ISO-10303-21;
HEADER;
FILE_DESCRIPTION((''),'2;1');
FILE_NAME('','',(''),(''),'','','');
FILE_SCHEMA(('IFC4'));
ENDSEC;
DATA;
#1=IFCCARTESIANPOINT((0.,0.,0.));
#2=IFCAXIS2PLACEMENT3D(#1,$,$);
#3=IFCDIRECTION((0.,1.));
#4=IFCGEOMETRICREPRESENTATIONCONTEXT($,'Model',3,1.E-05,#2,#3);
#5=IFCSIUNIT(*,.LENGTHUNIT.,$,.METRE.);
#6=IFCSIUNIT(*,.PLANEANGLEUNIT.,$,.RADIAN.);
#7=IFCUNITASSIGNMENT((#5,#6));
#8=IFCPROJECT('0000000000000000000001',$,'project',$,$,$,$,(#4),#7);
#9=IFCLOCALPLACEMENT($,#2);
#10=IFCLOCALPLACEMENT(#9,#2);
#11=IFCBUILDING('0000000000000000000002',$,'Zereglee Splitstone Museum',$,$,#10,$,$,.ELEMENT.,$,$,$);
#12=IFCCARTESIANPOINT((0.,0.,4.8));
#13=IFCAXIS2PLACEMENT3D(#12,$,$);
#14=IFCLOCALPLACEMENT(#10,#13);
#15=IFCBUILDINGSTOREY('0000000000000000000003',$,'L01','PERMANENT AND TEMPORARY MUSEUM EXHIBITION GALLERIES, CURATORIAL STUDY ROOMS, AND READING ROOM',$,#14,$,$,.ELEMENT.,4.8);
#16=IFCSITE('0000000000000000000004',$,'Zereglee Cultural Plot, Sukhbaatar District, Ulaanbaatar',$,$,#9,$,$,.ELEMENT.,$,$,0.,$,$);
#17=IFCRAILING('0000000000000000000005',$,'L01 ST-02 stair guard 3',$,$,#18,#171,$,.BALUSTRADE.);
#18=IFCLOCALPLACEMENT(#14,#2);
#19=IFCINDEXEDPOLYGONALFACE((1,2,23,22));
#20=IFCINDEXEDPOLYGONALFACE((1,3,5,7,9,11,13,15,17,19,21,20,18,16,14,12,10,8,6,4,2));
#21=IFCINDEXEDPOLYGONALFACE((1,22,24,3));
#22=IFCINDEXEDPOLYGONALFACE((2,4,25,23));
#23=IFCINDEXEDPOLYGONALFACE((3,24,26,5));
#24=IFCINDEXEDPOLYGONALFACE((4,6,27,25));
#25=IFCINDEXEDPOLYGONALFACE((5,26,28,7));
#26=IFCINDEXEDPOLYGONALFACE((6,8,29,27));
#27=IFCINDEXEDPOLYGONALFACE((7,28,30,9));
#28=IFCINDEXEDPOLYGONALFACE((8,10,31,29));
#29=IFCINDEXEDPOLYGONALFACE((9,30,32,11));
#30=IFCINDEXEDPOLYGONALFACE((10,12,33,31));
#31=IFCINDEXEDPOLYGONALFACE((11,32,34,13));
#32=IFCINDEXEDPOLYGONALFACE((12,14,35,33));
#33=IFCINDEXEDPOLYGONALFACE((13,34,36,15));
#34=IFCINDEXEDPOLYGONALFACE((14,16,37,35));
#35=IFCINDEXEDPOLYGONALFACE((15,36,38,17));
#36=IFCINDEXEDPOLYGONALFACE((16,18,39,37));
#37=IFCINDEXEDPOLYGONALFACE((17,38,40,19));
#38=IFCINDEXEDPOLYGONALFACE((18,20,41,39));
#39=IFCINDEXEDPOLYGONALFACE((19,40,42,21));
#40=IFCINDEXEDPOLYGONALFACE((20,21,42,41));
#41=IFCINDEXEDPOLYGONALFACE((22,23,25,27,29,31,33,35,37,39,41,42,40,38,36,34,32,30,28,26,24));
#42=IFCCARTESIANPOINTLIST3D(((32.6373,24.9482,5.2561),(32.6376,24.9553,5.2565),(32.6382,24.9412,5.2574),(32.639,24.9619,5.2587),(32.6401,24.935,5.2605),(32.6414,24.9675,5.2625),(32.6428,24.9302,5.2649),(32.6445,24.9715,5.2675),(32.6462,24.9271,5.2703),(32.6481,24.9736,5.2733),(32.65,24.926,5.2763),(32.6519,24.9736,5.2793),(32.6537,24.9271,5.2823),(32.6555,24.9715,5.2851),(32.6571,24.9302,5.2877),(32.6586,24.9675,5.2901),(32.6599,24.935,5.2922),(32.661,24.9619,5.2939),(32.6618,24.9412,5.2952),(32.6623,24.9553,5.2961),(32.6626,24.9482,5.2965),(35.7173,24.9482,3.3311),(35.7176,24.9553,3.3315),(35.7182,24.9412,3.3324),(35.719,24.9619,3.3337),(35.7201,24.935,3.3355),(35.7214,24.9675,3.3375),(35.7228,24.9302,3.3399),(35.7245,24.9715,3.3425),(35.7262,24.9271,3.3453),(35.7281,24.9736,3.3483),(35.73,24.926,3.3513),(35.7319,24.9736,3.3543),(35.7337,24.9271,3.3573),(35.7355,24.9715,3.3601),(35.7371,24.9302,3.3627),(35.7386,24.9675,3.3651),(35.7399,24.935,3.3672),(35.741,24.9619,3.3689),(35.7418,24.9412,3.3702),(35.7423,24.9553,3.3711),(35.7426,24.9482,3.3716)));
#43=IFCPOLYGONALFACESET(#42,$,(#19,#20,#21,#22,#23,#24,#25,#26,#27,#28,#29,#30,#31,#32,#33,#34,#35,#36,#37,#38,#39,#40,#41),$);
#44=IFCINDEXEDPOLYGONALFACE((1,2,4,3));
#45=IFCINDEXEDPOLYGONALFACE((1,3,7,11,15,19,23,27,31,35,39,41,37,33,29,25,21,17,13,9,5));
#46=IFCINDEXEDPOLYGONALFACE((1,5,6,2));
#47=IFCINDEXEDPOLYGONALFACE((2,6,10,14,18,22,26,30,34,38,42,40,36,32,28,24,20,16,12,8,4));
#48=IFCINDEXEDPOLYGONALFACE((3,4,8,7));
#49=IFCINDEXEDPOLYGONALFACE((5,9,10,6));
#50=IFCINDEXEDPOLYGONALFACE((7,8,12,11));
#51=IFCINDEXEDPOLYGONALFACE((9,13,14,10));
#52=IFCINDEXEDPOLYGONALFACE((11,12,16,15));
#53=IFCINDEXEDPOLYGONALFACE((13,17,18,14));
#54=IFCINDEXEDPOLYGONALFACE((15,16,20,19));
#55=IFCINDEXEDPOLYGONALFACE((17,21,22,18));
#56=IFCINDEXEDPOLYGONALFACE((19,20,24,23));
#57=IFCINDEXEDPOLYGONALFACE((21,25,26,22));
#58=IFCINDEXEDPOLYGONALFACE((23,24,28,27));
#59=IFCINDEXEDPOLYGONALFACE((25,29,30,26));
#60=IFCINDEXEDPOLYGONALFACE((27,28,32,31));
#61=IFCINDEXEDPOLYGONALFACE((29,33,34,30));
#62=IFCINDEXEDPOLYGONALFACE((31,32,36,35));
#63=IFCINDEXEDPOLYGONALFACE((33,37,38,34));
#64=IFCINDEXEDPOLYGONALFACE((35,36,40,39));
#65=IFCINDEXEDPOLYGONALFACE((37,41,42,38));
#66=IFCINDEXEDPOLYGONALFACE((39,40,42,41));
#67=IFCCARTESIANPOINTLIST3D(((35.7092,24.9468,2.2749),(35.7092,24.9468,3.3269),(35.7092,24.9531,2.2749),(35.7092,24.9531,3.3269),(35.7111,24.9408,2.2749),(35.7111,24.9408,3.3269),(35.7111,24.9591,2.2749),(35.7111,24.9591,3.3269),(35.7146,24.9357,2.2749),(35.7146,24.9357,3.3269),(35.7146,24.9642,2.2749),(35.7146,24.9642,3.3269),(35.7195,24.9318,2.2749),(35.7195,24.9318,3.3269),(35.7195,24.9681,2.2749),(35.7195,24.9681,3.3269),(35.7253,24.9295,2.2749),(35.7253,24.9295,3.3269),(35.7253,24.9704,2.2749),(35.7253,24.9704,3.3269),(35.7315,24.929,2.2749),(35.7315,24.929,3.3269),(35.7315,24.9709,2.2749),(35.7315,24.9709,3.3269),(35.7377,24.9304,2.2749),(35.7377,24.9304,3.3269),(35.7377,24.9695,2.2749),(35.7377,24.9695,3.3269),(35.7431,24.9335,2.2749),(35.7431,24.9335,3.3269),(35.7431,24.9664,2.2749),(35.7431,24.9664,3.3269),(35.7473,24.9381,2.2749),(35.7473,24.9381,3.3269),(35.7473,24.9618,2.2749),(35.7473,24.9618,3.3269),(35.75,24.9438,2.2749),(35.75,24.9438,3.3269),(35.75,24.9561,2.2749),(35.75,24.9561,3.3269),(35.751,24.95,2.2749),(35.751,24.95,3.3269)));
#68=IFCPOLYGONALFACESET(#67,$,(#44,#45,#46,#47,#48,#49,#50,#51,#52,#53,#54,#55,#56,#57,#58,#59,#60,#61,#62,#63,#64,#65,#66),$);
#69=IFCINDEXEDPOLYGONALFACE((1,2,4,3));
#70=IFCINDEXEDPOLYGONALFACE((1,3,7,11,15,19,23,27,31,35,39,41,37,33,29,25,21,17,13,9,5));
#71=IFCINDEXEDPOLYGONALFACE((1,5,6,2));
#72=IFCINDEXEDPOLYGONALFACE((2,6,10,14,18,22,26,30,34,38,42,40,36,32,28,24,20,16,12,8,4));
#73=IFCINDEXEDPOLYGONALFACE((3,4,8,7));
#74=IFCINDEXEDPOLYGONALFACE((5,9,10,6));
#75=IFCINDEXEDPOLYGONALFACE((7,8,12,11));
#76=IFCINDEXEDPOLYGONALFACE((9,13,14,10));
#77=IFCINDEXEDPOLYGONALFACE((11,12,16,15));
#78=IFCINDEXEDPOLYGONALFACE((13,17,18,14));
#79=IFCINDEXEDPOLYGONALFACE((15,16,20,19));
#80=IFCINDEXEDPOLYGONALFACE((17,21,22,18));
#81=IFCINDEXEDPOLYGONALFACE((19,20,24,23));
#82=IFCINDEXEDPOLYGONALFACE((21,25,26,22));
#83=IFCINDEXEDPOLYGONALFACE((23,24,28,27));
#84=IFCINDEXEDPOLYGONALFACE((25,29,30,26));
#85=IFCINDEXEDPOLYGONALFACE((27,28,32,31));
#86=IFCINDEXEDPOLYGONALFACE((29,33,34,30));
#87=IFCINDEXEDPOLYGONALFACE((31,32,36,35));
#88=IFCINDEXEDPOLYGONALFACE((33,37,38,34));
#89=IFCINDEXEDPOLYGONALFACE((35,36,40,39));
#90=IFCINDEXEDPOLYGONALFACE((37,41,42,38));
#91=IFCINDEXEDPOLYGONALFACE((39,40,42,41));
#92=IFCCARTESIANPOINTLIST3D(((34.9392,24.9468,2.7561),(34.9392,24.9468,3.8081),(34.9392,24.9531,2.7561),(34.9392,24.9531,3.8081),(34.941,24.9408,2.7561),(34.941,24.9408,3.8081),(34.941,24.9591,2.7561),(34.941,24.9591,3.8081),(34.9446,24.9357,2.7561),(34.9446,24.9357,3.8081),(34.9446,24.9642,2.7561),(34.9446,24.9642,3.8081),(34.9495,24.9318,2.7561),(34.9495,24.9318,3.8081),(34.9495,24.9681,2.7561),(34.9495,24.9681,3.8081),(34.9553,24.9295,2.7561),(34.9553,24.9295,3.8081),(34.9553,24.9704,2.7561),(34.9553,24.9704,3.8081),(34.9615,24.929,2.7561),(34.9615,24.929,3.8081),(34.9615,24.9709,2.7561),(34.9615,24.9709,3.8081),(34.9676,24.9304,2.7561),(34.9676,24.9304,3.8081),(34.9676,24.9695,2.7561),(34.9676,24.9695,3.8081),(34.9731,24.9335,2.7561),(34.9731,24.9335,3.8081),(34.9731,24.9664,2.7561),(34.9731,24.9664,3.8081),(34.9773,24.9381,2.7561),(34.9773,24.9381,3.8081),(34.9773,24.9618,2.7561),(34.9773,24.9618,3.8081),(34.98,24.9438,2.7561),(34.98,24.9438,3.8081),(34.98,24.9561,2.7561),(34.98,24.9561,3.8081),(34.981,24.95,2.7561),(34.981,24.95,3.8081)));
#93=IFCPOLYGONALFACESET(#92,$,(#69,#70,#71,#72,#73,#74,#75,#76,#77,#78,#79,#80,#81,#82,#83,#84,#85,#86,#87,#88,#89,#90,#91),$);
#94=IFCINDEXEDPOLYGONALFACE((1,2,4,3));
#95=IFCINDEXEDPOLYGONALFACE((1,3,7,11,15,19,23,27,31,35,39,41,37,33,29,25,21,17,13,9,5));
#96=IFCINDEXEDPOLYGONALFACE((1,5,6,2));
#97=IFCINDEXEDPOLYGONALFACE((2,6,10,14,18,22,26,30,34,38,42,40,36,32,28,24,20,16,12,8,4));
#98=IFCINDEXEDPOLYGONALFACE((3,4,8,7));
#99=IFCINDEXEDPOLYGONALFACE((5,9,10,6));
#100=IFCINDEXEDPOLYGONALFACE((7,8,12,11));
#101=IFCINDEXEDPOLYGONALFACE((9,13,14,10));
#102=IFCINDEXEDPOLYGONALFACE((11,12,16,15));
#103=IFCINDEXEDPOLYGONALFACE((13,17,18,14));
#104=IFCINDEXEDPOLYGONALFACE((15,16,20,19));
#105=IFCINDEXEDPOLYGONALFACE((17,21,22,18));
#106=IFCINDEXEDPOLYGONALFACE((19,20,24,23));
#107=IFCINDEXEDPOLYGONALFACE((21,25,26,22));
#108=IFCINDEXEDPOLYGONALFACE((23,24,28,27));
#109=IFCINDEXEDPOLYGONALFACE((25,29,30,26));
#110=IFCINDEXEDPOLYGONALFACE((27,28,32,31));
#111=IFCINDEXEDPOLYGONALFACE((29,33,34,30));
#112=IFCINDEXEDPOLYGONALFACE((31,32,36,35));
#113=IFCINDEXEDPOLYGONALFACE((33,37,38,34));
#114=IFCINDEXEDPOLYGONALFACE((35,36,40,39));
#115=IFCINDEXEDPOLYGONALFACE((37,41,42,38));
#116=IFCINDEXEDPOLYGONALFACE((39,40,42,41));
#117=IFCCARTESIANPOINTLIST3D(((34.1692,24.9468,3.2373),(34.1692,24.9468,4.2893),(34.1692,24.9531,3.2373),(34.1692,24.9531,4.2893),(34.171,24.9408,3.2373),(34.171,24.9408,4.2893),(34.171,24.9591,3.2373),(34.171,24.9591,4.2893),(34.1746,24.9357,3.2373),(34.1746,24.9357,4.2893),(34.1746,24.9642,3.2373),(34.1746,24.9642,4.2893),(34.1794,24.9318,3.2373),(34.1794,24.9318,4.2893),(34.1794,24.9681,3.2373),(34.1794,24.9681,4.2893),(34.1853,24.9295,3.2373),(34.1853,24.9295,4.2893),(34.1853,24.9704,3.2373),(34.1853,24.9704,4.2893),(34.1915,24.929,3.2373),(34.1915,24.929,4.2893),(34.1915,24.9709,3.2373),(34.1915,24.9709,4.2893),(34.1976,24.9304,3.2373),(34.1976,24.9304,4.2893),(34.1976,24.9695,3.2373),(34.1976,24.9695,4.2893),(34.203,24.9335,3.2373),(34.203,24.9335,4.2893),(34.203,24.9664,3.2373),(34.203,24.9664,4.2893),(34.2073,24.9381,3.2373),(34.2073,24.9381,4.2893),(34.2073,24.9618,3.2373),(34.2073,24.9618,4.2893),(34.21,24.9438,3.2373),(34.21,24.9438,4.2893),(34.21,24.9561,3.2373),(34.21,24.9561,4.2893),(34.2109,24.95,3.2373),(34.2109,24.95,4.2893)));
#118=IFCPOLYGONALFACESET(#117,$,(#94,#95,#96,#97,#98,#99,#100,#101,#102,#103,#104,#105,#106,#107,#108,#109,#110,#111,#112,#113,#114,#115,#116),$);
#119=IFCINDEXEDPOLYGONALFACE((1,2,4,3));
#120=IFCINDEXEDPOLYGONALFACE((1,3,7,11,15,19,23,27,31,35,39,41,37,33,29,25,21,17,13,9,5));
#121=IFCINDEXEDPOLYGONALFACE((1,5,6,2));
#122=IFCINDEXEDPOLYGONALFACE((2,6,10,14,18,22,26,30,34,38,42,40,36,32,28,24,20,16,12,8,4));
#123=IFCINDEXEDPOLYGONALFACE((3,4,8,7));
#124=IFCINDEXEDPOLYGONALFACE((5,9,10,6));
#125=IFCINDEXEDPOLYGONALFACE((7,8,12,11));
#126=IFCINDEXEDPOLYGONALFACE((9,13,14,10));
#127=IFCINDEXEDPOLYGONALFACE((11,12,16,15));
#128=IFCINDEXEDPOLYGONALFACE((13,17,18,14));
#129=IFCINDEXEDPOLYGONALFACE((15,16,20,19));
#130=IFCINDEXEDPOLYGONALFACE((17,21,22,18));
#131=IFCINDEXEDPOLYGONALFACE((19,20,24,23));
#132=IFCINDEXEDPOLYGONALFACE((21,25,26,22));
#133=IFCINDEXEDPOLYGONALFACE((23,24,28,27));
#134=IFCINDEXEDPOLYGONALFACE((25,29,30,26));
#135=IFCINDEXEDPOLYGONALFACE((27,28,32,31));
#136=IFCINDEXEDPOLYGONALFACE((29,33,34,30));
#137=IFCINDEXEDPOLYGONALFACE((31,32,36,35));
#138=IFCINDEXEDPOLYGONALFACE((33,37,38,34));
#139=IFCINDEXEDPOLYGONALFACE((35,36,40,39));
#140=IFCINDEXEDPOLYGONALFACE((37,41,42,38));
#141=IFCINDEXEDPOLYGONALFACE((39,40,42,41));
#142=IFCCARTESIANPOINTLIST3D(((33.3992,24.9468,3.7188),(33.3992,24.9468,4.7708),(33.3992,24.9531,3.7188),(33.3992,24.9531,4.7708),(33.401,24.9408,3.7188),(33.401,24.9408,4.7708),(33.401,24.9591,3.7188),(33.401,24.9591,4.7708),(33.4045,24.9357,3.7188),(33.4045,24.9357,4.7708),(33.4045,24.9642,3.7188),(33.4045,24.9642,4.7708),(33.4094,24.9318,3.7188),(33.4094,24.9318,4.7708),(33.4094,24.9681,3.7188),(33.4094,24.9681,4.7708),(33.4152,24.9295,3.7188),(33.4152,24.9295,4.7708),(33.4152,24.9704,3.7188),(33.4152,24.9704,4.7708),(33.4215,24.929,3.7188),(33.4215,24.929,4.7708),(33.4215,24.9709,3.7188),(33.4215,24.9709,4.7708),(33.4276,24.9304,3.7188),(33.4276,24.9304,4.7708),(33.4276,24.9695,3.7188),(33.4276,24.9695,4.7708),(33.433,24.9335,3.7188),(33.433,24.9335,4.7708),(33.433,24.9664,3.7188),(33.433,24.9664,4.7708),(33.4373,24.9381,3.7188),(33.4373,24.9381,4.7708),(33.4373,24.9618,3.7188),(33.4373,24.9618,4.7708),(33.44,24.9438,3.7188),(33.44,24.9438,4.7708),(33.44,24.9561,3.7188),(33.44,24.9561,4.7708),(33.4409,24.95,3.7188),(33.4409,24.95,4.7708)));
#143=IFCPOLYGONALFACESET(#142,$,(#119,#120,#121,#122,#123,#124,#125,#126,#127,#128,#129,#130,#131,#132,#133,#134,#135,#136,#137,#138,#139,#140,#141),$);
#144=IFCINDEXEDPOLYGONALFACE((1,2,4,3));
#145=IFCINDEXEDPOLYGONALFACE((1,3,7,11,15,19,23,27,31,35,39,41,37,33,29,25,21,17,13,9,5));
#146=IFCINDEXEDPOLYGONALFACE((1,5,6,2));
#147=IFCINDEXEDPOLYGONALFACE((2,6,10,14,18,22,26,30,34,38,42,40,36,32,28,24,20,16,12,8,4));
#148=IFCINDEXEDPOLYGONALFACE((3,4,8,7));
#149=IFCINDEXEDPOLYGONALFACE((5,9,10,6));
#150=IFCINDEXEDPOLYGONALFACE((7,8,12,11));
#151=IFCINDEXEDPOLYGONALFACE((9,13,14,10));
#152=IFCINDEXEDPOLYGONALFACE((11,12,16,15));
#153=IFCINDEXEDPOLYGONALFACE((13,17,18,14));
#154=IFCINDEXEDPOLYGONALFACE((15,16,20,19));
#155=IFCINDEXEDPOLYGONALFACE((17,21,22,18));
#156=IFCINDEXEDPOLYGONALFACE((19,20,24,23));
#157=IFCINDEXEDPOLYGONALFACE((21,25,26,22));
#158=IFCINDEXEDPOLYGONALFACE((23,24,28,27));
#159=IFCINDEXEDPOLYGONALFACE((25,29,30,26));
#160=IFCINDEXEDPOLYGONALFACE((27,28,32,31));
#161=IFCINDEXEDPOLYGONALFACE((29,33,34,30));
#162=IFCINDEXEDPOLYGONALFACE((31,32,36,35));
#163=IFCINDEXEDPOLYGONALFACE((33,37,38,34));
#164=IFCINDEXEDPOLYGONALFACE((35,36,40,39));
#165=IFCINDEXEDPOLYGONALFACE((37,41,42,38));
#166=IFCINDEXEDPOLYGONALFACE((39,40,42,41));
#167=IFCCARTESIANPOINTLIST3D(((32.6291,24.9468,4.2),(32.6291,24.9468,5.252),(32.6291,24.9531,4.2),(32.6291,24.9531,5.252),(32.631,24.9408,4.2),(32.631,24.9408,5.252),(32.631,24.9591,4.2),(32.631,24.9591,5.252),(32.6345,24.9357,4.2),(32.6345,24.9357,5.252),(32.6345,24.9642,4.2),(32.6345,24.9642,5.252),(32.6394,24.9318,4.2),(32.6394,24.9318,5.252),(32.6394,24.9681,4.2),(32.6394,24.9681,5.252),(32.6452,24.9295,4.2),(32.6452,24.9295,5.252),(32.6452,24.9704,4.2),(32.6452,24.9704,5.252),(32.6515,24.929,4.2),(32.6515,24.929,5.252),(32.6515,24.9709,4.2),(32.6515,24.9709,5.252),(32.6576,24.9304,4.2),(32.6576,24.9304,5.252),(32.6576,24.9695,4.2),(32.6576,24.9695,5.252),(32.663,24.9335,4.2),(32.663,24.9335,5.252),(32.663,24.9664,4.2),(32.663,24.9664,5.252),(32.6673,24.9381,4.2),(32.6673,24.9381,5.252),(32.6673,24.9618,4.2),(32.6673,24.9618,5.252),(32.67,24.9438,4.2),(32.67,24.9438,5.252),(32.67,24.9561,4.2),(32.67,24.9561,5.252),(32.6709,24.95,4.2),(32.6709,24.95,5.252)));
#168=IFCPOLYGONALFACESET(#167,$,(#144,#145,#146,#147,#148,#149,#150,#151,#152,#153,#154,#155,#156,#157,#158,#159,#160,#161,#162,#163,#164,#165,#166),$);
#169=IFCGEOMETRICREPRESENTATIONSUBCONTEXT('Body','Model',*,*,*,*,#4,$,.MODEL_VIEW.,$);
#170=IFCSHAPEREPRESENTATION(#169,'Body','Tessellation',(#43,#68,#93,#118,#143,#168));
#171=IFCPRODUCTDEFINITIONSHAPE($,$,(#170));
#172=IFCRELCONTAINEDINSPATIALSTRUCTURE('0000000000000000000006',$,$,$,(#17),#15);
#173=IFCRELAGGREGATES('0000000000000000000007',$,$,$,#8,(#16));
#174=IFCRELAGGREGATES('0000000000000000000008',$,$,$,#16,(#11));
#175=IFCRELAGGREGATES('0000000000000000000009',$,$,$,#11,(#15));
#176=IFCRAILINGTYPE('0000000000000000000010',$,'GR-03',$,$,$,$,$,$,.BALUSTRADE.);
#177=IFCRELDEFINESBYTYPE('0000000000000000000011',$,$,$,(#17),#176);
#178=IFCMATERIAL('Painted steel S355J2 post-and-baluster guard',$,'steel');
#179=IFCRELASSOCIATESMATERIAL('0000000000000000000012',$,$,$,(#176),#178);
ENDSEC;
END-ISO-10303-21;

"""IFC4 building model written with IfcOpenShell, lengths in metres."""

from ifc_helpers import new_model, si_unit, direction, frame, origin, origin_2d, place, context, subcontext, project, spatial, circle, extrude, material, type_object, element, save


model = new_model("IFC4")

# Units and contexts
model_context = context("Model", 3, precision=1e-05, world=origin(), true_north=direction((0.0, 1.0)))
body_context = subcontext(model_context, "Body", "Model", "MODEL_VIEW")
ifc_project = project(units=[si_unit("LENGTHUNIT", "METRE"), si_unit("PLANEANGLEUNIT", "RADIAN")], contexts=[model_context])

# Site, building, storey
site_placement = place(None, origin())
site = spatial("IfcSite", under=ifc_project, at=site_placement, Name="Zereglee Cultural Plot, Sukhbaatar District, Ulaanbaatar", CompositionType="ELEMENT", RefElevation=0.0)
building_placement = place(site_placement, origin())
building = spatial("IfcBuilding", under=site, at=building_placement, Name="Zereglee Splitstone Museum", CompositionType="ELEMENT")
storey_placement = place(building_placement, frame((0.0, 0.0, 4.8)))
storey = spatial("IfcBuildingStorey", under=building, at=storey_placement, Name="L01", Description="PERMANENT AND TEMPORARY MUSEUM EXHIBITION GALLERIES, CURATORIAL STUDY ROOMS, AND READING ROOM", CompositionType="ELEMENT", Elevation=4.8)

# Railing
ifc_material_1 = material(Name="Painted steel S355J2 post-and-baluster guard", Category="steel")
railing_type_1 = type_object("IfcRailingType", Name="GR-03", PredefinedType="BALUSTRADE", material=ifc_material_1)
railing_1_placement = place(storey_placement, frame((35.73, 24.95, 2.2749)))
element("IfcRailing", 1, at=railing_1_placement, inside=storey, type_object=railing_type_1, Name="L01 ST-02 stair guard 3", PredefinedType="BALUSTRADE", context=body_context, shape_type="SweptSolid", body=[
    extrude(circle(Radius=0.0239, at=origin_2d()), frame((0.0, 0.0, 1.0764), z_axis=(-0.847998, 0.0, 0.529999), x_axis=(0.0, -1.0, 0.0)), (0.0, 0.0, 1.0), 3.6321),
    extrude(circle(Radius=0.021, at=origin_2d()), origin(), (0.0, 0.0, 1.0), 1.052),
    extrude(circle(Radius=0.021, at=origin_2d()), frame((-0.77, 0.0, 0.4812)), (0.0, 0.0, 1.0), 1.052),
    extrude(circle(Radius=0.021, at=origin_2d()), frame((-1.54, 0.0, 0.9624)), (0.0, 0.0, 1.0), 1.052),
    extrude(circle(Radius=0.021, at=origin_2d()), frame((-2.3101, 0.0, 1.4438)), (0.0, 0.0, 1.0), 1.052),
    extrude(circle(Radius=0.021, at=origin_2d()), frame((-3.0801, 0.0, 1.925)), (0.0, 0.0, 1.0), 1.052),
])

save(model, "model.ifc")
